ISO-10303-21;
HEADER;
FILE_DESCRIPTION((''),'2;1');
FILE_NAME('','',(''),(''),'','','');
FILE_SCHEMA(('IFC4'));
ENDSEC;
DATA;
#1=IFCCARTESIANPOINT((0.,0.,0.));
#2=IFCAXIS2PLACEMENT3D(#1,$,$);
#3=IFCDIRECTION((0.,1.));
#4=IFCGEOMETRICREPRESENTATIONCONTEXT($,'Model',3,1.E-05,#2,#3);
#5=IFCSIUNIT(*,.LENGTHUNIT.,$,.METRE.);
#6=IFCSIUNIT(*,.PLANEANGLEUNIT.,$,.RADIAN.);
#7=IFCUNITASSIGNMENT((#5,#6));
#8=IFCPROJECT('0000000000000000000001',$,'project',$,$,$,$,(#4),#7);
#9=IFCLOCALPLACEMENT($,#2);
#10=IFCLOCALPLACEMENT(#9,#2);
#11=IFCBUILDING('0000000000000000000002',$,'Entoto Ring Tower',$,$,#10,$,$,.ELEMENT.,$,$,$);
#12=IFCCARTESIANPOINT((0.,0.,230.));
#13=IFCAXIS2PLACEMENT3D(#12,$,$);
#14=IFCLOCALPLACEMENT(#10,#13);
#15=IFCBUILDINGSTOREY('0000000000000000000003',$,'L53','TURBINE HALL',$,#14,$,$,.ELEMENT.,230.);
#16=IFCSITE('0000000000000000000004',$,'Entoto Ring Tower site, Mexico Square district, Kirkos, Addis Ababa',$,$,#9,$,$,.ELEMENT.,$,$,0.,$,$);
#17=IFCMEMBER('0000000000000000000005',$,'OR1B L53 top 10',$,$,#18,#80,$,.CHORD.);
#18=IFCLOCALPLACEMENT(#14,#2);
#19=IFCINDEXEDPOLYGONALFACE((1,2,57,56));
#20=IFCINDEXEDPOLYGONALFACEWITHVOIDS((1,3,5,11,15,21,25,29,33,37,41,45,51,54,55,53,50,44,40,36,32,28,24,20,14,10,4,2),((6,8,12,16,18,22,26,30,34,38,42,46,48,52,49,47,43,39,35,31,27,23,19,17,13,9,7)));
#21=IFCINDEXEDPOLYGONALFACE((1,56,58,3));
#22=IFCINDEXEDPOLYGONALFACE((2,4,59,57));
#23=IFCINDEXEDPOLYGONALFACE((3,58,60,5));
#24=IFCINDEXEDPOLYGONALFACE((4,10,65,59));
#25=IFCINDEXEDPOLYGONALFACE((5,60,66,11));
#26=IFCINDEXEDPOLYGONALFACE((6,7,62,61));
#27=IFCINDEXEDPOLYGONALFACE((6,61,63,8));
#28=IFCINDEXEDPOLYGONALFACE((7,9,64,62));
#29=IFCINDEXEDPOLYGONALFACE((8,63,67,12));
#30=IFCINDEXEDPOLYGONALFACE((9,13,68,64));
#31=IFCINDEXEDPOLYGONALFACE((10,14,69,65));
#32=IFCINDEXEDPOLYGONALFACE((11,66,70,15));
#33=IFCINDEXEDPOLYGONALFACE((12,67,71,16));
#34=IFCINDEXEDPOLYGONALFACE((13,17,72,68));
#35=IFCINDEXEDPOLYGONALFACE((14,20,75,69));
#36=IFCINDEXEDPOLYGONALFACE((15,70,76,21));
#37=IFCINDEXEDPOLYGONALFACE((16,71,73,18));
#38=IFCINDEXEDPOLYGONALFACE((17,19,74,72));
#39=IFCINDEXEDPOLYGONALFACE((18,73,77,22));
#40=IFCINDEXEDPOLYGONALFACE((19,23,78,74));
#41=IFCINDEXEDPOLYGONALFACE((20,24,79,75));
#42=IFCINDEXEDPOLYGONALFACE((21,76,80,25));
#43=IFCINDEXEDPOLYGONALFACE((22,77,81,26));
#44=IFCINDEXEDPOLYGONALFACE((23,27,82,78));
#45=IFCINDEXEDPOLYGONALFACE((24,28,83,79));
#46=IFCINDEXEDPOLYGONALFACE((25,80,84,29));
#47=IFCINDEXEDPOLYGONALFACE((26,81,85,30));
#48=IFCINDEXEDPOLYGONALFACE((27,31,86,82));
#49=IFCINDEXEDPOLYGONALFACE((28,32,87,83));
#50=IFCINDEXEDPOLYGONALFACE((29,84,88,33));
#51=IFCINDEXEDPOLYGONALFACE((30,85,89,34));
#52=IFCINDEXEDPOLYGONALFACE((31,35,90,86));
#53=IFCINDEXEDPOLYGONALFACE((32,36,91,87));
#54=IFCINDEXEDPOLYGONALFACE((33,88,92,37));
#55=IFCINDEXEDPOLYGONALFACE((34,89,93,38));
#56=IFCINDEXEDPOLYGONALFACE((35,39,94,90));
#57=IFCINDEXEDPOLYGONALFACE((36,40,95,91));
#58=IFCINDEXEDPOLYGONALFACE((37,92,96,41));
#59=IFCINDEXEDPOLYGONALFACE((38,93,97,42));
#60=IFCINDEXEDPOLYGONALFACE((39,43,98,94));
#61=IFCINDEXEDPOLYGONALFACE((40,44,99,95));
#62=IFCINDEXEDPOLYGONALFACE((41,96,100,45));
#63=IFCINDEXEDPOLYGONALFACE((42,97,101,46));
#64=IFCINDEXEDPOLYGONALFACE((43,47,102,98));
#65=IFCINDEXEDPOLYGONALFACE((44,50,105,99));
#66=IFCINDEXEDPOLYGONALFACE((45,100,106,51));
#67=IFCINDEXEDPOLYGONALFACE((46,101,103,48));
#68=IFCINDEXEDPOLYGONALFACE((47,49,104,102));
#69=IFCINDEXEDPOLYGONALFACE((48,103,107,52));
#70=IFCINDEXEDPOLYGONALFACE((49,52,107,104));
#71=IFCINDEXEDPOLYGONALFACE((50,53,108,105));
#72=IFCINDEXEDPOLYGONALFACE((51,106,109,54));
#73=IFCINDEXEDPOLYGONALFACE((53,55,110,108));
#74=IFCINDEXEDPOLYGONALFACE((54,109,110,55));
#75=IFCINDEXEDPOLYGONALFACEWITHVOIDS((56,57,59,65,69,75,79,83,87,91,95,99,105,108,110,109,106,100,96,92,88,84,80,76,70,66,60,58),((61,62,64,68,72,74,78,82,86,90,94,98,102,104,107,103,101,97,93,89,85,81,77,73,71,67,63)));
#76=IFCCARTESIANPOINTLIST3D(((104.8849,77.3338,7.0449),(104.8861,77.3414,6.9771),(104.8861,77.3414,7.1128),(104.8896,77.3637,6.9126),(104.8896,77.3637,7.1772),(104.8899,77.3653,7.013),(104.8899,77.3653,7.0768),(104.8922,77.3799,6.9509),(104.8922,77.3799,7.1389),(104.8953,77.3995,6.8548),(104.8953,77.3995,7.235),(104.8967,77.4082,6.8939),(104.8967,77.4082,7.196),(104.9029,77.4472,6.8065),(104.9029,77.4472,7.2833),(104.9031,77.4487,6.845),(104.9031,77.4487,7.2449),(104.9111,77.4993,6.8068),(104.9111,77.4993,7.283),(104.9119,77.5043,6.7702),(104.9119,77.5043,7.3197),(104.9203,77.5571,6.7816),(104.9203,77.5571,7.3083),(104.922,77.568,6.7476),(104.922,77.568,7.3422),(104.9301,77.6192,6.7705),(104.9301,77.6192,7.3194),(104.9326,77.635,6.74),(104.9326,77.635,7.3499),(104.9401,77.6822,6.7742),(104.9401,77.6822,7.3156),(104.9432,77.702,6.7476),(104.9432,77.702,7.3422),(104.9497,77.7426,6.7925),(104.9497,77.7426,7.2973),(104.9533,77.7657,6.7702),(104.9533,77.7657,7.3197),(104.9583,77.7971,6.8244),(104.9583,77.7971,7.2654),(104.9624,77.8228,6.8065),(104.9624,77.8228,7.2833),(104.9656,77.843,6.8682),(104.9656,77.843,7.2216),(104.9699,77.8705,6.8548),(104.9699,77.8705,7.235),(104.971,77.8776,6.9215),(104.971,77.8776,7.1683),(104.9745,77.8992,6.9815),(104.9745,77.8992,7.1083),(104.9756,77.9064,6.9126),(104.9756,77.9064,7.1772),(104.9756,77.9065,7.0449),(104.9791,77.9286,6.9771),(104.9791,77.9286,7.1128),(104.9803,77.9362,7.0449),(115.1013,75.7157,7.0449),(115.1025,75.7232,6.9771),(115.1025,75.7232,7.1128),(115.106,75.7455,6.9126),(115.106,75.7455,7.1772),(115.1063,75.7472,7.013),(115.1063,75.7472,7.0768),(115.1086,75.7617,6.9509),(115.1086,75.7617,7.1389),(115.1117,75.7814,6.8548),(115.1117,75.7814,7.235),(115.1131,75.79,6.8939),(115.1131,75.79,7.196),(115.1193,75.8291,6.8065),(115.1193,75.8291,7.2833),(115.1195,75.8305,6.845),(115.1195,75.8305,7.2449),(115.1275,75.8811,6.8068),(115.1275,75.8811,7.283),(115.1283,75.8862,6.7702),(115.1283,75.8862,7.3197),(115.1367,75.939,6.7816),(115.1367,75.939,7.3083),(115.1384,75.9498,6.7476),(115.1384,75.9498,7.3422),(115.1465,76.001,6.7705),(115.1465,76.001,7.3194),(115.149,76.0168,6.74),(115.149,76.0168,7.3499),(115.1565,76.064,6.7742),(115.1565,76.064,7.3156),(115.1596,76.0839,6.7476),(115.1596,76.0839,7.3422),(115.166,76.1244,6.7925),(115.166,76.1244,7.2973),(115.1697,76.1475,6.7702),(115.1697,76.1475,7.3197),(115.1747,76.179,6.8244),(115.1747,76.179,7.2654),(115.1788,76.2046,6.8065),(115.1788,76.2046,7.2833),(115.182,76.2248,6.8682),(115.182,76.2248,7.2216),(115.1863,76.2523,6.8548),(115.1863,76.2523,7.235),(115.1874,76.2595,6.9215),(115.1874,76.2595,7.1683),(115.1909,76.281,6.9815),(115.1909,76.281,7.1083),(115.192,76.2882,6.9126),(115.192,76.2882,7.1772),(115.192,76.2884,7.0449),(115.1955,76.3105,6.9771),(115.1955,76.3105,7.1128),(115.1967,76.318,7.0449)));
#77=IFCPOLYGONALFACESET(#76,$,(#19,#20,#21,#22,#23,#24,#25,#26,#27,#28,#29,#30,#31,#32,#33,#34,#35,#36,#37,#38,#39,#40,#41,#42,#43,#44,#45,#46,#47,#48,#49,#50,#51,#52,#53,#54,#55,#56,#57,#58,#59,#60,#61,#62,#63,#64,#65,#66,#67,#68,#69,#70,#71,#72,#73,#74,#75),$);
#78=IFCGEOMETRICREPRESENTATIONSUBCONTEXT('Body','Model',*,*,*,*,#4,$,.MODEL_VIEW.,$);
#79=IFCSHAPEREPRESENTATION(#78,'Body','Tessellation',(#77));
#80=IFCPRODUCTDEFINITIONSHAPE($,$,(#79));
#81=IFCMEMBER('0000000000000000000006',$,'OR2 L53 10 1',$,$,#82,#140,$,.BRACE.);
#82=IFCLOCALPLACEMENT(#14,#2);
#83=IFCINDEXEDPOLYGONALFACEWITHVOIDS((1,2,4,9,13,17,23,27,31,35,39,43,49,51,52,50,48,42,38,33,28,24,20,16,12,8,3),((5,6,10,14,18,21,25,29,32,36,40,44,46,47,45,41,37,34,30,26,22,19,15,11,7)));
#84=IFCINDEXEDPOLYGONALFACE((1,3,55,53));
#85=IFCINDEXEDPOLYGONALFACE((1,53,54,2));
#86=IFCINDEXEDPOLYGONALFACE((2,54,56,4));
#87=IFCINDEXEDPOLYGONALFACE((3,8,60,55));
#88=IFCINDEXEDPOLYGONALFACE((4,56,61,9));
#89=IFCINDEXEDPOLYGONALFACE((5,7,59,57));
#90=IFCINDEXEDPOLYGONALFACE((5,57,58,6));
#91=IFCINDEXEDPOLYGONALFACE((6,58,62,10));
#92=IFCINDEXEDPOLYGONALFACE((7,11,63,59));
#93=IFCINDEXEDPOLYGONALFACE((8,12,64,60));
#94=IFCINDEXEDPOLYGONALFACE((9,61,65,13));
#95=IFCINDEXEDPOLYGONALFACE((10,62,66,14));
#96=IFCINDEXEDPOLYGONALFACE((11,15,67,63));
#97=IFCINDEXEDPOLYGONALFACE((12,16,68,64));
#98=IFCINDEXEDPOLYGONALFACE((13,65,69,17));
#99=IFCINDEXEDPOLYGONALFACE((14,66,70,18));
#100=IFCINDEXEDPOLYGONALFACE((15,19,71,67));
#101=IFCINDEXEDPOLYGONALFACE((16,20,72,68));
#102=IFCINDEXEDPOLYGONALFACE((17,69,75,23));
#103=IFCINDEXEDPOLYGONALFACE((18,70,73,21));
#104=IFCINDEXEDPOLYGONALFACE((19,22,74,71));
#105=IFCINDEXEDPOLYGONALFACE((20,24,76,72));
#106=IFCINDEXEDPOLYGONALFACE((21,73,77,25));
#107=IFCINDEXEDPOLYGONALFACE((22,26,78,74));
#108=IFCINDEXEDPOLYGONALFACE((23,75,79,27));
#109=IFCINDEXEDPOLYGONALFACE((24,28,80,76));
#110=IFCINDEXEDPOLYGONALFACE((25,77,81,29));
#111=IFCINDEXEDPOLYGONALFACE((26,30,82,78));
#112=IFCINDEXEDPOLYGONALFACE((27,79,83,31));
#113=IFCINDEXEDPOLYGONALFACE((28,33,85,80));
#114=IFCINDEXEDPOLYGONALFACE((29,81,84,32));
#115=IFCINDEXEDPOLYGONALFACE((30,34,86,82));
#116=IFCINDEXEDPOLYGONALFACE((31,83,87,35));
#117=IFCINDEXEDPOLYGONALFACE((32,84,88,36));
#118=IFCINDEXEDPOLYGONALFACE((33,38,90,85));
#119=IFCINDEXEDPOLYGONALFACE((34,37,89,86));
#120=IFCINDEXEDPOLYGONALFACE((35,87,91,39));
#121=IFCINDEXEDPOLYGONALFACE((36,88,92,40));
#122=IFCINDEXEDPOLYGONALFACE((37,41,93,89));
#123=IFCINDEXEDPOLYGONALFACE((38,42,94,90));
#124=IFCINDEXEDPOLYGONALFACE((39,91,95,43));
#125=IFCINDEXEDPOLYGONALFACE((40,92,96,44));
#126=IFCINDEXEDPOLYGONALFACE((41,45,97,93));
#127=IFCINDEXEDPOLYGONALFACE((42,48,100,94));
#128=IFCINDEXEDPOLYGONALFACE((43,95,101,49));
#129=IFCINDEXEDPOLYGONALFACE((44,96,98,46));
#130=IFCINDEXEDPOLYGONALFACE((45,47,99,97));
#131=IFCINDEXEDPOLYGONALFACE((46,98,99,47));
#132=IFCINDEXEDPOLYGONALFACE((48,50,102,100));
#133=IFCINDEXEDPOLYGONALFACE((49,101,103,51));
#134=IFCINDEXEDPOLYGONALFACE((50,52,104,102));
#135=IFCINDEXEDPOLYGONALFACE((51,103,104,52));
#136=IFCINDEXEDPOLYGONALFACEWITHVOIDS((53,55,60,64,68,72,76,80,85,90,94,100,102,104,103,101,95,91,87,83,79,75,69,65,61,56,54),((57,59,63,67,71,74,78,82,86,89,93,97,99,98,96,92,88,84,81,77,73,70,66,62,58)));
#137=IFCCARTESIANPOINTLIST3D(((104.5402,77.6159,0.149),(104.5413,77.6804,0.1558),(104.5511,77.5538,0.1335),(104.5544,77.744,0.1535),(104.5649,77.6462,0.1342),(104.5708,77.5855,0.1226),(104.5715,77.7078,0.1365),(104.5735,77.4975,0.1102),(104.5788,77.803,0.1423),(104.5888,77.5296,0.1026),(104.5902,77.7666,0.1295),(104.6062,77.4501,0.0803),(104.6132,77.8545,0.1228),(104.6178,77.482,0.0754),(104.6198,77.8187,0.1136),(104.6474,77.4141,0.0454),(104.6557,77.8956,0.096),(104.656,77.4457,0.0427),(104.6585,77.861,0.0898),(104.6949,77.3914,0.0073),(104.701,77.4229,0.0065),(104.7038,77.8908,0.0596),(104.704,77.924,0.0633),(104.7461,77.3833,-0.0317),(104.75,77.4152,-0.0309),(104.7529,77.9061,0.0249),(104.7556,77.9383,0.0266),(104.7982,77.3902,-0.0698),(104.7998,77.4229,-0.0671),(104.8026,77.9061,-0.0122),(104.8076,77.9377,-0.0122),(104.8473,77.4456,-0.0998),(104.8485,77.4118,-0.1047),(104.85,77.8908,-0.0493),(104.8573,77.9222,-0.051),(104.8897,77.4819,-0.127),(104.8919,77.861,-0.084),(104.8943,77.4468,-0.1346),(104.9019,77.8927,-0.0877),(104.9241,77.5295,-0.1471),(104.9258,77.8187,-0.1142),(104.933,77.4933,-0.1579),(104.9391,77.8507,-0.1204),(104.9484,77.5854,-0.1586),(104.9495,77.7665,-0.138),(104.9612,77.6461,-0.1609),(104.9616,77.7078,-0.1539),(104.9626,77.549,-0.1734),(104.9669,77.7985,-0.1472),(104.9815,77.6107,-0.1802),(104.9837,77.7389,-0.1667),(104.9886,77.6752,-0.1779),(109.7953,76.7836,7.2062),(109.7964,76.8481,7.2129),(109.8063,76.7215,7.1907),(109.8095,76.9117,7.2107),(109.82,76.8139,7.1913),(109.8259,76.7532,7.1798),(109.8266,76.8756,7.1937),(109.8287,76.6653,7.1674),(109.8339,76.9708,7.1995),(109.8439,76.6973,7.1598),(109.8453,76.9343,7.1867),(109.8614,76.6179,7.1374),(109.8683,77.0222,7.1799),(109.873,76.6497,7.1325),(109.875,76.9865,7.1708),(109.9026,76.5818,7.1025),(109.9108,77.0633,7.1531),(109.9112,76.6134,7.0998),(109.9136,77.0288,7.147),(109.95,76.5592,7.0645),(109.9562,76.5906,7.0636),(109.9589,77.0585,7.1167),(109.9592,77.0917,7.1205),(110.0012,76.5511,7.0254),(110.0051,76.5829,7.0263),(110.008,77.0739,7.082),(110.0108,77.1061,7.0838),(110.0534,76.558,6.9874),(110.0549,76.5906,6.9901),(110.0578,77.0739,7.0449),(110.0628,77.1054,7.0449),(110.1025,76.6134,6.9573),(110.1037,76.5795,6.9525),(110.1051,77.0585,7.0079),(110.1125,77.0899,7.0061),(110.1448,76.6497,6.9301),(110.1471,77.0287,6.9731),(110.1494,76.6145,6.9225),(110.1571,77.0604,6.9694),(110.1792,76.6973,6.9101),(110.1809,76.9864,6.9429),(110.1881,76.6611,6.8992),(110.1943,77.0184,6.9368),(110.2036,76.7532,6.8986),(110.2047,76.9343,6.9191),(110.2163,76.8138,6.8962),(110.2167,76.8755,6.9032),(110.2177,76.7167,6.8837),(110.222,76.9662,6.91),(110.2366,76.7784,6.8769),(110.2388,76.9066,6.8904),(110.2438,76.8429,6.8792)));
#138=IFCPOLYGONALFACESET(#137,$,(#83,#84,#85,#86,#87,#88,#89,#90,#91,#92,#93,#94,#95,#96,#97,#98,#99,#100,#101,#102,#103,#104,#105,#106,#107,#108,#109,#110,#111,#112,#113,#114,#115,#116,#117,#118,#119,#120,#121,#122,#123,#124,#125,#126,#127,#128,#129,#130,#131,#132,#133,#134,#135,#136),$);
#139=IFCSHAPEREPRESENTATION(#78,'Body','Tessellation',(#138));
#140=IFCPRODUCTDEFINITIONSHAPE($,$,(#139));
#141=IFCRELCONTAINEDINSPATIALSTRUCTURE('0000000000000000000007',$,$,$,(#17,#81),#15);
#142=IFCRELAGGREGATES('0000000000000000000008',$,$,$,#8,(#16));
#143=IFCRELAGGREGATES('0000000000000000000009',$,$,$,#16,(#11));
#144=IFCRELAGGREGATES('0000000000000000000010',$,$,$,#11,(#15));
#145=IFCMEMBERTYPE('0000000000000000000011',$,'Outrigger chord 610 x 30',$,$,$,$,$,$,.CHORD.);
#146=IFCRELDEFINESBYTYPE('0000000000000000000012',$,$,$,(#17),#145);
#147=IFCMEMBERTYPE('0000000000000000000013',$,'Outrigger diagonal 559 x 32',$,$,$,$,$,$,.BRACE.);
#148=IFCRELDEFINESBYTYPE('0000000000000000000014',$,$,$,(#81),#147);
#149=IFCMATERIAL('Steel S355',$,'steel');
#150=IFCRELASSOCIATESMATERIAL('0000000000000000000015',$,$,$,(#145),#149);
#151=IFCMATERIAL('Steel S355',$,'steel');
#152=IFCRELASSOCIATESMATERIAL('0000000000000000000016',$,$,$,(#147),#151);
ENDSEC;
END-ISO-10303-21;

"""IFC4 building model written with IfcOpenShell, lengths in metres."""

from ifc_helpers import new_model, si_unit, direction, frame, origin, origin_2d, place, context, subcontext, project, spatial, circle, hollow_circle, extrude, material, material_profile, profile_set, type_object, element, save


model = new_model("IFC4")

# Units and contexts
model_context = context("Model", 3, precision=1e-05, world=origin(), true_north=direction((0.0, 1.0)))
body_context = subcontext(model_context, "Body", "Model", "MODEL_VIEW")
ifc_project = project(units=[si_unit("LENGTHUNIT", "METRE"), si_unit("PLANEANGLEUNIT", "RADIAN")], contexts=[model_context])

# Site, building, storey
site_placement = place(None, origin())
site = spatial("IfcSite", under=ifc_project, at=site_placement, Name="Entoto Ring Tower site, Mexico Square district, Kirkos, Addis Ababa", CompositionType="ELEMENT", RefElevation=0.0)
building_placement = place(site_placement, origin())
building = spatial("IfcBuilding", under=site, at=building_placement, Name="Entoto Ring Tower", CompositionType="ELEMENT")
storey_placement = place(building_placement, frame((0.0, 0.0, 230.0)))
storey = spatial("IfcBuildingStorey", under=building, at=storey_placement, Name="L53", Description="TURBINE HALL", CompositionType="ELEMENT", Elevation=230.0)

# Members
ifc_material_1 = material(Name="Steel S355", Category="steel")
ifc_material_profile_1 = material_profile(ifc_material_1, hollow_circle(Radius=0.3049, WallThickness=0.03, at=origin_2d()), Name="CHS 610 x 30")
ifc_material_2 = material(Name="Concrete C60/75", Category="concrete")
ifc_material_profile_2 = material_profile(ifc_material_2, circle(Radius=0.2749, at=origin_2d()), Name="Concrete C60/75 infill")
ifc_profile_set_1 = profile_set([ifc_material_profile_1, ifc_material_profile_2], Name="Steel S355")
member_type_1 = type_object("IfcMemberType", Name="Outrigger chord 610 x 30", PredefinedType="CHORD", material=ifc_profile_set_1)
for number, where, z_axis, x_axis, name in (
    (1, (104.9326, 77.635, 7.0449), (0.987687, -0.15644, 0.0), (0.15644, 0.987687, 0.0), "OR1B L53 top 10"),
):
    element("IfcMember", number, at=place(storey_placement, frame(where, z_axis=z_axis, x_axis=x_axis)), inside=storey, type_object=member_type_1, Name=name, PredefinedType="CHORD", context=body_context, shape_type="SweptSolid", body=[
        extrude(hollow_circle(Radius=0.3049, WallThickness=0.03, at=origin_2d()), origin(), (0.0, 0.0, 1.0), 10.3438),
    ])
ifc_material_3 = material(Name="Steel S355", Category="steel")
ifc_material_profile_3 = material_profile(ifc_material_3, hollow_circle(Radius=0.2795, WallThickness=0.032, at=origin_2d()), Name="CHS 559 x 32")
ifc_material_4 = material(Name="Concrete C60/75", Category="concrete")
ifc_material_profile_4 = material_profile(ifc_material_4, circle(Radius=0.2476, at=origin_2d()), Name="Concrete C60/75 infill")
ifc_profile_set_2 = profile_set([ifc_material_profile_3, ifc_material_profile_4], Name="Steel S355")
member_type_2 = type_object("IfcMemberType", Name="Outrigger diagonal 559 x 32", PredefinedType="BRACE", material=ifc_profile_set_2)
member_1_placement = place(storey_placement, frame((104.7639, 77.6616, -0.0122), z_axis=(0.594599, -0.094169, 0.798489), x_axis=(0.156424, 0.98769, 0.0)))
element("IfcMember", 2, at=member_1_placement, inside=storey, type_object=member_type_2, Name="OR2 L53 10 1", PredefinedType="BRACE", context=body_context, shape_type="SweptSolid", body=[
    extrude(hollow_circle(Radius=0.2795, WallThickness=0.032, at=origin_2d()), origin(), (0.0, 0.0, 1.0), 8.8381),
])

save(model, "model.ifc")
